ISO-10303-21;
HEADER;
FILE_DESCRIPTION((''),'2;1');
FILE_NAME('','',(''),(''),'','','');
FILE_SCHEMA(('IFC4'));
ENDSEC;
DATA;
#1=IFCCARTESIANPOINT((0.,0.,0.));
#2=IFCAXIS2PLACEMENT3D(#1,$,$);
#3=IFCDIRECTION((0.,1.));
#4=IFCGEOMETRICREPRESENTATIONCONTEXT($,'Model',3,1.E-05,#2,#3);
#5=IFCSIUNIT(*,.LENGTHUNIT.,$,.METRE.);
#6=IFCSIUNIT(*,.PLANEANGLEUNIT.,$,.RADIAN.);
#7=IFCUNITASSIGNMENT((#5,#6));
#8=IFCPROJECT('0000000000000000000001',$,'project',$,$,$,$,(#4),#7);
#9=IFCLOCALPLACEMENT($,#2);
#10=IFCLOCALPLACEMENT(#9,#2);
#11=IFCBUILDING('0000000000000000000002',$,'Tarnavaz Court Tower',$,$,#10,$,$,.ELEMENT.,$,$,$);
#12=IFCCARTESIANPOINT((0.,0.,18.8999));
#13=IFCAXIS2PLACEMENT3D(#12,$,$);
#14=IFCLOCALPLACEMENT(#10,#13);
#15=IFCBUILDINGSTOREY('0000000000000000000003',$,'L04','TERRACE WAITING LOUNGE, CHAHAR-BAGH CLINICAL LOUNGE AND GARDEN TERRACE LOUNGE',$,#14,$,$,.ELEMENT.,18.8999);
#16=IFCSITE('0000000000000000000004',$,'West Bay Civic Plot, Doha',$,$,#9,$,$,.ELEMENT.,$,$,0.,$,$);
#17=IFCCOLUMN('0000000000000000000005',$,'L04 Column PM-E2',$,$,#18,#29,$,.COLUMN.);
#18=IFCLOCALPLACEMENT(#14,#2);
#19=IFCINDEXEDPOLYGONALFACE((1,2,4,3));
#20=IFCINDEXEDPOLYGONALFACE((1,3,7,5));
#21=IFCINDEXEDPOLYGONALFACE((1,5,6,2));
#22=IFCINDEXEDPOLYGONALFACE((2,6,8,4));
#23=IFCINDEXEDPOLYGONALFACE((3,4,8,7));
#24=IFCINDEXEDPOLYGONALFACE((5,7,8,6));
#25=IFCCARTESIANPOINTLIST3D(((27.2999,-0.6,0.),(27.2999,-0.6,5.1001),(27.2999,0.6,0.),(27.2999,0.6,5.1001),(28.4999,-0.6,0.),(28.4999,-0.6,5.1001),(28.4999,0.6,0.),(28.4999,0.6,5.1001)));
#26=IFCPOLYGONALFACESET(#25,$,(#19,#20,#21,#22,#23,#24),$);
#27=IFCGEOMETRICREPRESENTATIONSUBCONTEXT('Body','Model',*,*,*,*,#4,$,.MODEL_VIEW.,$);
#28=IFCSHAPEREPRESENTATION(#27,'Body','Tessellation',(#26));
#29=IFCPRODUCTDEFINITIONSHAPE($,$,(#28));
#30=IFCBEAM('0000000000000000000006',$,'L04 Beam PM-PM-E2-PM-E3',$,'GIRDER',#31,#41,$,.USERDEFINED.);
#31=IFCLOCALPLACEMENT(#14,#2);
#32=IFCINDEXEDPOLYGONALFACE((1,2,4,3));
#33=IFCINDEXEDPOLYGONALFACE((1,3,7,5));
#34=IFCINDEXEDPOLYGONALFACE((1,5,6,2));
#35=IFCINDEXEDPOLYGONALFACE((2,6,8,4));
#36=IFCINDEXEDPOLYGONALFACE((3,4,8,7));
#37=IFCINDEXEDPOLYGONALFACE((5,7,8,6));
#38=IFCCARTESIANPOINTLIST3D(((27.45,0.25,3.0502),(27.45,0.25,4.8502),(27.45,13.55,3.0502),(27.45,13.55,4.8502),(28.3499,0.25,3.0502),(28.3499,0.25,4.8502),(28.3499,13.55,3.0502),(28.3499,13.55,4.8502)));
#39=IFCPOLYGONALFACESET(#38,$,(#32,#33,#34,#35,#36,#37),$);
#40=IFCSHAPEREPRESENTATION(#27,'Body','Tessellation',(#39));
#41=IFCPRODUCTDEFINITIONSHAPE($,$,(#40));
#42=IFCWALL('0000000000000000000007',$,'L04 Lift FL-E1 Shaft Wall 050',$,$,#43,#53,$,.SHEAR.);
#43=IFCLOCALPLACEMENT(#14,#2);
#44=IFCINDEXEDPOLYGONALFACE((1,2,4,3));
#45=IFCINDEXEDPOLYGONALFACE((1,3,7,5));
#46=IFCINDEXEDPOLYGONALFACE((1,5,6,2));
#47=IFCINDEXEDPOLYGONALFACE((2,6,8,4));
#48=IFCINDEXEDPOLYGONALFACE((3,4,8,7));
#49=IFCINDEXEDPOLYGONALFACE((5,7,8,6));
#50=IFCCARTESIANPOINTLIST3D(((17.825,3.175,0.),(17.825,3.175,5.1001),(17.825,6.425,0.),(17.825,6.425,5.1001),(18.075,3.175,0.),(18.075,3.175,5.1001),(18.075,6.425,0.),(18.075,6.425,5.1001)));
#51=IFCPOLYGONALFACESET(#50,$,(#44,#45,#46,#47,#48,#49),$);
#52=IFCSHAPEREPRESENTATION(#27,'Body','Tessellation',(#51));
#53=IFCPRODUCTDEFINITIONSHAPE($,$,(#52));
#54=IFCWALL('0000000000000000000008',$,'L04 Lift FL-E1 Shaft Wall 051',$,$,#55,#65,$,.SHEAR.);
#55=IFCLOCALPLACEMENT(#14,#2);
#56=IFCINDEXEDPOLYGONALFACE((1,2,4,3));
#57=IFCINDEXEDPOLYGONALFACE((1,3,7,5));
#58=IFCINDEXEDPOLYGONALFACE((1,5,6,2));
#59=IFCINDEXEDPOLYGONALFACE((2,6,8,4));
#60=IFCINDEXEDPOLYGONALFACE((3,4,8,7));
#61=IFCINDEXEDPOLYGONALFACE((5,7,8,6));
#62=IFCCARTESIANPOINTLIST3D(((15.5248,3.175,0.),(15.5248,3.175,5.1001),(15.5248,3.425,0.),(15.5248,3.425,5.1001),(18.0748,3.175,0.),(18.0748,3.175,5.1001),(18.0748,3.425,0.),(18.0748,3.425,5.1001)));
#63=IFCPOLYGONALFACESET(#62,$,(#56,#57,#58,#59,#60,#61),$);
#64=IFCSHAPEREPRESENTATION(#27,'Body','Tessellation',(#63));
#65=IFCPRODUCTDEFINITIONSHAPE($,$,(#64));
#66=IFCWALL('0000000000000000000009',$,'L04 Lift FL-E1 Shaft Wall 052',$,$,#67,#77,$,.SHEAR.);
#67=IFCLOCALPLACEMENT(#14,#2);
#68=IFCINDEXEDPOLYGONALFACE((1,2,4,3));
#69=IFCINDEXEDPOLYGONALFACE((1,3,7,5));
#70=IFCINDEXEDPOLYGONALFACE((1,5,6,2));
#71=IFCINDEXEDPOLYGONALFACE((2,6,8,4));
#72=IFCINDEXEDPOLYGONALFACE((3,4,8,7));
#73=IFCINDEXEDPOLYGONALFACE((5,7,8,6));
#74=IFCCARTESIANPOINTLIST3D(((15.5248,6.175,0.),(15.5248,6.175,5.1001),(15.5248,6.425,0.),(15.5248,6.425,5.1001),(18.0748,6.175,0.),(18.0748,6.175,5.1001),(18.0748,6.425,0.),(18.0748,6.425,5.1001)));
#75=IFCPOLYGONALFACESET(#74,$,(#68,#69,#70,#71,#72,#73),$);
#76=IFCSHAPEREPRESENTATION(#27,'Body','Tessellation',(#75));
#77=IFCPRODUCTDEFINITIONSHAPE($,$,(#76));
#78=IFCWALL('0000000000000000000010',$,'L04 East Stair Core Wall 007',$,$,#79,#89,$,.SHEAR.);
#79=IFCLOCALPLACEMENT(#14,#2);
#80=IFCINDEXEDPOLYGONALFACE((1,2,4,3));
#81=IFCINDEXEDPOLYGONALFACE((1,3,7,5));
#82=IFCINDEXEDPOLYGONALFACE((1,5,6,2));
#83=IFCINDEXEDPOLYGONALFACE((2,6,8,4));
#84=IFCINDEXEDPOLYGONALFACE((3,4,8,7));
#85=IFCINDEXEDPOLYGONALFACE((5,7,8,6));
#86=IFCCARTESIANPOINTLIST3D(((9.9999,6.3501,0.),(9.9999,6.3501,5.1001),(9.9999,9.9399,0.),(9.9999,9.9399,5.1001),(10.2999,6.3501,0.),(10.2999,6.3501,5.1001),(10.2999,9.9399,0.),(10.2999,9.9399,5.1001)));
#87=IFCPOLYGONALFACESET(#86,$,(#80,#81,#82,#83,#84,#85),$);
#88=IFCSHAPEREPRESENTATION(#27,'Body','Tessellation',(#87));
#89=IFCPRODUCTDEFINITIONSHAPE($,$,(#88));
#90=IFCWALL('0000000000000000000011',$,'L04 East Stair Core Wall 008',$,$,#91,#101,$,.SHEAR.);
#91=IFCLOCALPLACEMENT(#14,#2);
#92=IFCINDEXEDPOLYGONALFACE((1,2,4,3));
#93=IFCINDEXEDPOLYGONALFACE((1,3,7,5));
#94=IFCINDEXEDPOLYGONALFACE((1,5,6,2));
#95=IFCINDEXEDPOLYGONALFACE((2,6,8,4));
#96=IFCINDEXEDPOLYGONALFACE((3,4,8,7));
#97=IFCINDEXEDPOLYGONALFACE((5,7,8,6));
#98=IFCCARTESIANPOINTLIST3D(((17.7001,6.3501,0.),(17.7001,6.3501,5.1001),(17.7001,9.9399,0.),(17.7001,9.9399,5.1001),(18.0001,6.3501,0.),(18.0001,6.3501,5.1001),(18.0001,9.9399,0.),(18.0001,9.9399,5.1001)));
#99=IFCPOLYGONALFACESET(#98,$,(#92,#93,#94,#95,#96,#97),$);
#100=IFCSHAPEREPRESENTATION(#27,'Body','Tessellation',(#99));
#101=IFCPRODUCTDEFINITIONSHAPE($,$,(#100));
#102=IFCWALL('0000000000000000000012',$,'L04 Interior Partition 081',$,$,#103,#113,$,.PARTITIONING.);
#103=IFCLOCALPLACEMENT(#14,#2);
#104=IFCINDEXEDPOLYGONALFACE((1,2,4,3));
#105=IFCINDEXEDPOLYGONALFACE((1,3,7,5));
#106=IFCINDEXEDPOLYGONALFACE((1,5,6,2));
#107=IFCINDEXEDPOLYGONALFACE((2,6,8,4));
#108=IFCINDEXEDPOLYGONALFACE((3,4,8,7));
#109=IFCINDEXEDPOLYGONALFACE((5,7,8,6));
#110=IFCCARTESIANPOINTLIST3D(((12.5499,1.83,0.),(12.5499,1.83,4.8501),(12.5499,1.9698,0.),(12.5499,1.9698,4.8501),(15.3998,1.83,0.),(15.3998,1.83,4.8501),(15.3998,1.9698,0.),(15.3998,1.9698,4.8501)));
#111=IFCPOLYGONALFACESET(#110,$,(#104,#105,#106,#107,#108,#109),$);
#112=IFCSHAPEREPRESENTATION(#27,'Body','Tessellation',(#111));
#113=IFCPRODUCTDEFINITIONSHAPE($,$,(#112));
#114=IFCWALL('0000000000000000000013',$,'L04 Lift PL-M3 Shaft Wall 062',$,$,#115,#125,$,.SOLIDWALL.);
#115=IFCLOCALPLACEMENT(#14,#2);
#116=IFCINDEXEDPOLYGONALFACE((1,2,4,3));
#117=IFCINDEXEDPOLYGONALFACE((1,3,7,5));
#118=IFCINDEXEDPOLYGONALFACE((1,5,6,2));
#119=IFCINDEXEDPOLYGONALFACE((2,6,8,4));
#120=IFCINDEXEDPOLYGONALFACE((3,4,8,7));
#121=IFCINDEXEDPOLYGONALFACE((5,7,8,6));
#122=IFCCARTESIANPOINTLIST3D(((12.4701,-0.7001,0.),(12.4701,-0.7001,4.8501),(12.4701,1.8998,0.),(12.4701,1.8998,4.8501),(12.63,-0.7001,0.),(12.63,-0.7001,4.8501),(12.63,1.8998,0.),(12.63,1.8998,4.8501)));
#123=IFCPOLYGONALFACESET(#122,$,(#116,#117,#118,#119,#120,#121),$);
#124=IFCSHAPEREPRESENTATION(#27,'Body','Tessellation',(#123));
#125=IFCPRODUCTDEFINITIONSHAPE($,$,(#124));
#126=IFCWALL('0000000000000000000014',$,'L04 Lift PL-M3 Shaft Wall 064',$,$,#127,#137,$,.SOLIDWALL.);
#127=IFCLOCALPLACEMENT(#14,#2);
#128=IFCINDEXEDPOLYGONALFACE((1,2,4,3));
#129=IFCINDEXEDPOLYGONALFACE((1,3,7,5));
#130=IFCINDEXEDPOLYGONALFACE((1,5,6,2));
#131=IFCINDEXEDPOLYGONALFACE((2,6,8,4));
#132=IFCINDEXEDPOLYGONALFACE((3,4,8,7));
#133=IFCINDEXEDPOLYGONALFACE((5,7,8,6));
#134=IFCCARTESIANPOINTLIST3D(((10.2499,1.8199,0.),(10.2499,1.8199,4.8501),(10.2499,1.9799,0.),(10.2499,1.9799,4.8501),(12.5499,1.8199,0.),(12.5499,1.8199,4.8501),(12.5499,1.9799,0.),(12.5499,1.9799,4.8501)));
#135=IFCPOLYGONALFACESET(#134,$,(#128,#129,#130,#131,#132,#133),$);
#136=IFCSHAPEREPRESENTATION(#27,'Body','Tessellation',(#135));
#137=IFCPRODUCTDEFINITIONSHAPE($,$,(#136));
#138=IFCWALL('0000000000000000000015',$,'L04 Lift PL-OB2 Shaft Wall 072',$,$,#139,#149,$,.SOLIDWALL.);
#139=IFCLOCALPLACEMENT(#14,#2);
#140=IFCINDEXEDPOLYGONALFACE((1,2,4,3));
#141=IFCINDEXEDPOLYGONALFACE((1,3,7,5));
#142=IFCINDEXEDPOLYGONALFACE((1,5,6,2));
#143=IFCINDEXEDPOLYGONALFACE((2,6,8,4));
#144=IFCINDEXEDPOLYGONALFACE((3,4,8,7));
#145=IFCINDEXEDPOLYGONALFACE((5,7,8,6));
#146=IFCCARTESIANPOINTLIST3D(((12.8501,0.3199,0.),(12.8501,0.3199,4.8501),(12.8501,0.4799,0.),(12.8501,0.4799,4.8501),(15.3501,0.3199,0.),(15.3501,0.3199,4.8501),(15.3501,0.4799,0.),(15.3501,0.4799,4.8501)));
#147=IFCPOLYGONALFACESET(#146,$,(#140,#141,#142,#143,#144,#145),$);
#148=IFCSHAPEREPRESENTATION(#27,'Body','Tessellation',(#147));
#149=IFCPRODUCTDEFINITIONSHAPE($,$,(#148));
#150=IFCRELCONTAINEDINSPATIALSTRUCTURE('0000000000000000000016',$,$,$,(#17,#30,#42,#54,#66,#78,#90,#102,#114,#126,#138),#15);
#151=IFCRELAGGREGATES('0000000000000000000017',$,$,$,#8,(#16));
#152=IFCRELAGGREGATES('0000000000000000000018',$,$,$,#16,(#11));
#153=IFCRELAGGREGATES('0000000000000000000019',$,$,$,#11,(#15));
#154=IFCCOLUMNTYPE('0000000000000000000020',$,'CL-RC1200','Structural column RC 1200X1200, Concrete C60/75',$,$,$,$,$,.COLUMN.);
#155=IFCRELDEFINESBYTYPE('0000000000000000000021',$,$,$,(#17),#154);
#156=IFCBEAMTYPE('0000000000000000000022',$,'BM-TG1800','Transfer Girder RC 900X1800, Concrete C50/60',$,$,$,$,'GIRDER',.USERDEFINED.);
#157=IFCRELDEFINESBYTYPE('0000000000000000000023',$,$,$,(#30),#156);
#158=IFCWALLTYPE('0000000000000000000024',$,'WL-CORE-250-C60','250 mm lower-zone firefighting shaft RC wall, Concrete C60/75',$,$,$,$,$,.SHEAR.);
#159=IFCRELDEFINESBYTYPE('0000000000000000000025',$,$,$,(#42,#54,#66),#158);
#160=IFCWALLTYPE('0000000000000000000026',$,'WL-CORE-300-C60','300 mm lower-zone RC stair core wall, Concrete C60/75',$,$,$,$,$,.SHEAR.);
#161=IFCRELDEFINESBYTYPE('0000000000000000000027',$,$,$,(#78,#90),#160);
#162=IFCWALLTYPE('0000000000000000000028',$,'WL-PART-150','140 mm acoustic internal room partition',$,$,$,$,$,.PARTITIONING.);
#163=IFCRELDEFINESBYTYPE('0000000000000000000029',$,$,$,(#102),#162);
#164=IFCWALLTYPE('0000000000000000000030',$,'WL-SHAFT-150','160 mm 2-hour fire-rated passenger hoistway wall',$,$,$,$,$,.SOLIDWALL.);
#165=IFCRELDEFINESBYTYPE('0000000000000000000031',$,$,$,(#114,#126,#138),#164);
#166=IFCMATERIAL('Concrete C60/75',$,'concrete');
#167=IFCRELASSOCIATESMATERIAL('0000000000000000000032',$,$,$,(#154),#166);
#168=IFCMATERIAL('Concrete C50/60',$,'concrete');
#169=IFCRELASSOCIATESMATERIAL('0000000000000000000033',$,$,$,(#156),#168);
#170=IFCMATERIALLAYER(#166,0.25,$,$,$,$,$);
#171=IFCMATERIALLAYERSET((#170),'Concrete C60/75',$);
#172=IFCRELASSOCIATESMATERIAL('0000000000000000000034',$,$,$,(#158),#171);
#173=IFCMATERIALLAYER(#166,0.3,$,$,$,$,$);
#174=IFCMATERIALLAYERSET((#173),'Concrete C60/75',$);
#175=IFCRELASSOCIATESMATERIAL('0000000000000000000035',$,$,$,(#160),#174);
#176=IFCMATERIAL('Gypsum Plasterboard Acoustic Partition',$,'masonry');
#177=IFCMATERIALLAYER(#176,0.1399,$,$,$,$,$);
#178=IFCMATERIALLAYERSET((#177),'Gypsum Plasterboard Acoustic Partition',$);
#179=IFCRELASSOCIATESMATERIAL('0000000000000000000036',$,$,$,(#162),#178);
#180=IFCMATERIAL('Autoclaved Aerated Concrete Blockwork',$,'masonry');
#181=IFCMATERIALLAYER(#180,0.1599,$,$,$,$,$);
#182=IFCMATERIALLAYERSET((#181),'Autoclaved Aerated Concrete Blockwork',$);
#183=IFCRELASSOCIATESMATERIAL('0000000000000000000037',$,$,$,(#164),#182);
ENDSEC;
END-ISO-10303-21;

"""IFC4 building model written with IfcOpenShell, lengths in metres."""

from ifc_helpers import new_model, si_unit, direction, frame, frame_2d, origin, origin_2d, place, context, subcontext, project, spatial, rectangle, extrude, material, layer, layer_set, material_profile, profile_set, type_object, element, save


model = new_model("IFC4")

# Units and contexts
model_context = context("Model", 3, precision=1e-05, world=origin(), true_north=direction((0.0, 1.0)))
body_context = subcontext(model_context, "Body", "Model", "MODEL_VIEW")
ifc_project = project(units=[si_unit("LENGTHUNIT", "METRE"), si_unit("PLANEANGLEUNIT", "RADIAN")], contexts=[model_context])

# Site, building, storey
site_placement = place(None, origin())
site = spatial("IfcSite", under=ifc_project, at=site_placement, Name="West Bay Civic Plot, Doha", CompositionType="ELEMENT", RefElevation=0.0)
building_placement = place(site_placement, origin())
building = spatial("IfcBuilding", under=site, at=building_placement, Name="Tarnavaz Court Tower", CompositionType="ELEMENT")
storey_placement = place(building_placement, frame((0.0, 0.0, 18.8999)))
storey = spatial("IfcBuildingStorey", under=building, at=storey_placement, Name="L04", Description="TERRACE WAITING LOUNGE, CHAHAR-BAGH CLINICAL LOUNGE AND GARDEN TERRACE LOUNGE", CompositionType="ELEMENT", Elevation=18.8999)

# Column
ifc_material_1 = material(Name="Concrete C60/75", Category="concrete")
ifc_material_profile_1 = material_profile(ifc_material_1, rectangle(XDim=1.2, YDim=1.2, at=origin_2d()), Name="RC 1200X1200")
ifc_profile_set_1 = profile_set([ifc_material_profile_1], Name="Concrete C60/75")
column_type = type_object("IfcColumnType", Name="CL-RC1200", Description="Structural column RC 1200X1200, Concrete C60/75", PredefinedType="COLUMN", material=ifc_profile_set_1)
column_placement = place(storey_placement, frame((27.8999, 0.0, 0.0), z_axis=(0.0, 0.0, 1.0), x_axis=(1.0, 0.0, 0.0)))
element("IfcColumn", 1, at=column_placement, inside=storey, type_object=column_type, Name="L04 Column PM-E2", PredefinedType="COLUMN", context=body_context, shape_type="SweptSolid", body=[
    extrude(rectangle(XDim=1.2, YDim=1.2, at=origin_2d()), origin(), (0.0, 0.0, 1.0), 5.1001),
])

# Beam
ifc_material_2 = material(Name="Concrete C50/60", Category="concrete")
ifc_material_profile_2 = material_profile(ifc_material_2, rectangle(XDim=0.8999, YDim=1.8, at=origin_2d()), Name="RC 900X1800")
ifc_profile_set_2 = profile_set([ifc_material_profile_2], Name="Concrete C50/60")
beam_type = type_object("IfcBeamType", Name="BM-TG1800", Description="Transfer Girder RC 900X1800, Concrete C50/60", ElementType="GIRDER", PredefinedType="USERDEFINED", material=ifc_profile_set_2)
beam_placement = place(storey_placement, frame((27.8999, 0.25, 3.9502), z_axis=(0.0, 1.0, 0.0), x_axis=(-1.0, 0.0, 0.0)))
element("IfcBeam", 2, at=beam_placement, inside=storey, type_object=beam_type, Name="L04 Beam PM-PM-E2-PM-E3", ObjectType="GIRDER", PredefinedType="USERDEFINED", context=body_context, shape_type="SweptSolid", body=[
    extrude(rectangle(XDim=0.8999, YDim=1.8, at=origin_2d()), origin(), (0.0, 0.0, 1.0), 13.3),
])

# Shared definitions
ifc_layer_1 = layer(ifc_material_1, 0.25)
ifc_layer_set_1 = layer_set([ifc_layer_1], Name="Concrete C60/75")
wall_type_1 = type_object("IfcWallType", Name="WL-CORE-250-C60", Description="250 mm lower-zone firefighting shaft RC wall, Concrete C60/75", PredefinedType="SHEAR", material=ifc_layer_set_1)

# Walls
wall_1_placement = place(storey_placement, frame((17.95, 3.175, 0.0), z_axis=(0.0, 0.0, 1.0), x_axis=(0.0, 1.0, 0.0)))
element("IfcWall", 3, at=wall_1_placement, inside=storey, type_object=wall_type_1, Name="L04 Lift FL-E1 Shaft Wall 050", PredefinedType="SHEAR", context=body_context, shape_type="SweptSolid", body=[
    extrude(rectangle(XDim=3.25, YDim=0.25, at=frame_2d((1.625, 0.0))), origin(), (0.0, 0.0, 1.0), 5.1001),
])
for number, where, z_axis, x_axis, name in (
    (4, (15.5249, 3.3, 0.0), (0.0, 0.0, 1.0), (1.0, 0.0, 0.0), "L04 Lift FL-E1 Shaft Wall 051"),
    (5, (15.5249, 6.3, 0.0), (0.0, 0.0, 1.0), (1.0, 0.0, 0.0), "L04 Lift FL-E1 Shaft Wall 052"),
):
    element("IfcWall", number, at=place(storey_placement, frame(where, z_axis=z_axis, x_axis=x_axis)), inside=storey, type_object=wall_type_1, Name=name, PredefinedType="SHEAR", context=body_context, shape_type="SweptSolid", body=[
        extrude(rectangle(XDim=2.55, YDim=0.25, at=frame_2d((1.2749, 0.0))), origin(), (0.0, 0.0, 1.0), 5.1001),
    ])
ifc_layer_2 = layer(ifc_material_1, 0.3)
ifc_layer_set_2 = layer_set([ifc_layer_2], Name="Concrete C60/75")
wall_type_2 = type_object("IfcWallType", Name="WL-CORE-300-C60", Description="300 mm lower-zone RC stair core wall, Concrete C60/75", PredefinedType="SHEAR", material=ifc_layer_set_2)
for number, where, z_axis, x_axis, name in (
    (6, (10.1499, 6.3501, 0.0), (0.0, 0.0, 1.0), (0.0, 1.0, 0.0), "L04 East Stair Core Wall 007"),
    (7, (17.8501, 6.3501, 0.0), (0.0, 0.0, 1.0), (0.0, 1.0, 0.0), "L04 East Stair Core Wall 008"),
):
    element("IfcWall", number, at=place(storey_placement, frame(where, z_axis=z_axis, x_axis=x_axis)), inside=storey, type_object=wall_type_2, Name=name, PredefinedType="SHEAR", context=body_context, shape_type="SweptSolid", body=[
        extrude(rectangle(XDim=3.5898, YDim=0.3, at=frame_2d((1.7949, 0.0))), origin(), (0.0, 0.0, 1.0), 5.1001),
    ])
ifc_material_3 = material(Name="Gypsum Plasterboard Acoustic Partition", Category="masonry")
ifc_layer_3 = layer(ifc_material_3, 0.1399)
ifc_layer_set_3 = layer_set([ifc_layer_3], Name="Gypsum Plasterboard Acoustic Partition")
wall_type_3 = type_object("IfcWallType", Name="WL-PART-150", Description="140 mm acoustic internal room partition", PredefinedType="PARTITIONING", material=ifc_layer_set_3)
wall_2_placement = place(storey_placement, frame((12.55, 1.8999, 0.0), z_axis=(0.0, 0.0, 1.0), x_axis=(1.0, 0.0, 0.0)))
element("IfcWall", 8, at=wall_2_placement, inside=storey, type_object=wall_type_3, Name="L04 Interior Partition 081", PredefinedType="PARTITIONING", context=body_context, shape_type="SweptSolid", body=[
    extrude(rectangle(XDim=2.8499, YDim=0.1399, at=frame_2d((1.4248, 0.0))), origin(), (0.0, 0.0, 1.0), 4.8501),
])
ifc_material_4 = material(Name="Autoclaved Aerated Concrete Blockwork", Category="masonry")
ifc_layer_4 = layer(ifc_material_4, 0.1599)
ifc_layer_set_4 = layer_set([ifc_layer_4], Name="Autoclaved Aerated Concrete Blockwork")
wall_type_4 = type_object("IfcWallType", Name="WL-SHAFT-150", Description="160 mm 2-hour fire-rated passenger hoistway wall", PredefinedType="SOLIDWALL", material=ifc_layer_set_4)
wall_3_placement = place(storey_placement, frame((12.55, -0.7, 0.0), z_axis=(0.0, 0.0, 1.0), x_axis=(0.0, 1.0, 0.0)))
element("IfcWall", 9, at=wall_3_placement, inside=storey, type_object=wall_type_4, Name="L04 Lift PL-M3 Shaft Wall 062", PredefinedType="SOLIDWALL", context=body_context, shape_type="SweptSolid", body=[
    extrude(rectangle(XDim=2.5999, YDim=0.1599, at=frame_2d((1.2998, 0.0))), origin(), (0.0, 0.0, 1.0), 4.8501),
])
wall_4_placement = place(storey_placement, frame((10.25, 1.8999, 0.0), z_axis=(0.0, 0.0, 1.0), x_axis=(1.0, 0.0, 0.0)))
element("IfcWall", 10, at=wall_4_placement, inside=storey, type_object=wall_type_4, Name="L04 Lift PL-M3 Shaft Wall 064", PredefinedType="SOLIDWALL", context=body_context, shape_type="SweptSolid", body=[
    extrude(rectangle(XDim=2.3, YDim=0.1599, at=frame_2d((1.1499, 0.0))), origin(), (0.0, 0.0, 1.0), 4.8501),
])
wall_5_placement = place(storey_placement, frame((12.8501, 0.3999, 0.0), z_axis=(0.0, 0.0, 1.0), x_axis=(1.0, 0.0, 0.0)))
element("IfcWall", 11, at=wall_5_placement, inside=storey, type_object=wall_type_4, Name="L04 Lift PL-OB2 Shaft Wall 072", PredefinedType="SOLIDWALL", context=body_context, shape_type="SweptSolid", body=[
    extrude(rectangle(XDim=2.5, YDim=0.1599, at=frame_2d((1.25, 0.0))), origin(), (0.0, 0.0, 1.0), 4.8501),
])

save(model, "model.ifc")
